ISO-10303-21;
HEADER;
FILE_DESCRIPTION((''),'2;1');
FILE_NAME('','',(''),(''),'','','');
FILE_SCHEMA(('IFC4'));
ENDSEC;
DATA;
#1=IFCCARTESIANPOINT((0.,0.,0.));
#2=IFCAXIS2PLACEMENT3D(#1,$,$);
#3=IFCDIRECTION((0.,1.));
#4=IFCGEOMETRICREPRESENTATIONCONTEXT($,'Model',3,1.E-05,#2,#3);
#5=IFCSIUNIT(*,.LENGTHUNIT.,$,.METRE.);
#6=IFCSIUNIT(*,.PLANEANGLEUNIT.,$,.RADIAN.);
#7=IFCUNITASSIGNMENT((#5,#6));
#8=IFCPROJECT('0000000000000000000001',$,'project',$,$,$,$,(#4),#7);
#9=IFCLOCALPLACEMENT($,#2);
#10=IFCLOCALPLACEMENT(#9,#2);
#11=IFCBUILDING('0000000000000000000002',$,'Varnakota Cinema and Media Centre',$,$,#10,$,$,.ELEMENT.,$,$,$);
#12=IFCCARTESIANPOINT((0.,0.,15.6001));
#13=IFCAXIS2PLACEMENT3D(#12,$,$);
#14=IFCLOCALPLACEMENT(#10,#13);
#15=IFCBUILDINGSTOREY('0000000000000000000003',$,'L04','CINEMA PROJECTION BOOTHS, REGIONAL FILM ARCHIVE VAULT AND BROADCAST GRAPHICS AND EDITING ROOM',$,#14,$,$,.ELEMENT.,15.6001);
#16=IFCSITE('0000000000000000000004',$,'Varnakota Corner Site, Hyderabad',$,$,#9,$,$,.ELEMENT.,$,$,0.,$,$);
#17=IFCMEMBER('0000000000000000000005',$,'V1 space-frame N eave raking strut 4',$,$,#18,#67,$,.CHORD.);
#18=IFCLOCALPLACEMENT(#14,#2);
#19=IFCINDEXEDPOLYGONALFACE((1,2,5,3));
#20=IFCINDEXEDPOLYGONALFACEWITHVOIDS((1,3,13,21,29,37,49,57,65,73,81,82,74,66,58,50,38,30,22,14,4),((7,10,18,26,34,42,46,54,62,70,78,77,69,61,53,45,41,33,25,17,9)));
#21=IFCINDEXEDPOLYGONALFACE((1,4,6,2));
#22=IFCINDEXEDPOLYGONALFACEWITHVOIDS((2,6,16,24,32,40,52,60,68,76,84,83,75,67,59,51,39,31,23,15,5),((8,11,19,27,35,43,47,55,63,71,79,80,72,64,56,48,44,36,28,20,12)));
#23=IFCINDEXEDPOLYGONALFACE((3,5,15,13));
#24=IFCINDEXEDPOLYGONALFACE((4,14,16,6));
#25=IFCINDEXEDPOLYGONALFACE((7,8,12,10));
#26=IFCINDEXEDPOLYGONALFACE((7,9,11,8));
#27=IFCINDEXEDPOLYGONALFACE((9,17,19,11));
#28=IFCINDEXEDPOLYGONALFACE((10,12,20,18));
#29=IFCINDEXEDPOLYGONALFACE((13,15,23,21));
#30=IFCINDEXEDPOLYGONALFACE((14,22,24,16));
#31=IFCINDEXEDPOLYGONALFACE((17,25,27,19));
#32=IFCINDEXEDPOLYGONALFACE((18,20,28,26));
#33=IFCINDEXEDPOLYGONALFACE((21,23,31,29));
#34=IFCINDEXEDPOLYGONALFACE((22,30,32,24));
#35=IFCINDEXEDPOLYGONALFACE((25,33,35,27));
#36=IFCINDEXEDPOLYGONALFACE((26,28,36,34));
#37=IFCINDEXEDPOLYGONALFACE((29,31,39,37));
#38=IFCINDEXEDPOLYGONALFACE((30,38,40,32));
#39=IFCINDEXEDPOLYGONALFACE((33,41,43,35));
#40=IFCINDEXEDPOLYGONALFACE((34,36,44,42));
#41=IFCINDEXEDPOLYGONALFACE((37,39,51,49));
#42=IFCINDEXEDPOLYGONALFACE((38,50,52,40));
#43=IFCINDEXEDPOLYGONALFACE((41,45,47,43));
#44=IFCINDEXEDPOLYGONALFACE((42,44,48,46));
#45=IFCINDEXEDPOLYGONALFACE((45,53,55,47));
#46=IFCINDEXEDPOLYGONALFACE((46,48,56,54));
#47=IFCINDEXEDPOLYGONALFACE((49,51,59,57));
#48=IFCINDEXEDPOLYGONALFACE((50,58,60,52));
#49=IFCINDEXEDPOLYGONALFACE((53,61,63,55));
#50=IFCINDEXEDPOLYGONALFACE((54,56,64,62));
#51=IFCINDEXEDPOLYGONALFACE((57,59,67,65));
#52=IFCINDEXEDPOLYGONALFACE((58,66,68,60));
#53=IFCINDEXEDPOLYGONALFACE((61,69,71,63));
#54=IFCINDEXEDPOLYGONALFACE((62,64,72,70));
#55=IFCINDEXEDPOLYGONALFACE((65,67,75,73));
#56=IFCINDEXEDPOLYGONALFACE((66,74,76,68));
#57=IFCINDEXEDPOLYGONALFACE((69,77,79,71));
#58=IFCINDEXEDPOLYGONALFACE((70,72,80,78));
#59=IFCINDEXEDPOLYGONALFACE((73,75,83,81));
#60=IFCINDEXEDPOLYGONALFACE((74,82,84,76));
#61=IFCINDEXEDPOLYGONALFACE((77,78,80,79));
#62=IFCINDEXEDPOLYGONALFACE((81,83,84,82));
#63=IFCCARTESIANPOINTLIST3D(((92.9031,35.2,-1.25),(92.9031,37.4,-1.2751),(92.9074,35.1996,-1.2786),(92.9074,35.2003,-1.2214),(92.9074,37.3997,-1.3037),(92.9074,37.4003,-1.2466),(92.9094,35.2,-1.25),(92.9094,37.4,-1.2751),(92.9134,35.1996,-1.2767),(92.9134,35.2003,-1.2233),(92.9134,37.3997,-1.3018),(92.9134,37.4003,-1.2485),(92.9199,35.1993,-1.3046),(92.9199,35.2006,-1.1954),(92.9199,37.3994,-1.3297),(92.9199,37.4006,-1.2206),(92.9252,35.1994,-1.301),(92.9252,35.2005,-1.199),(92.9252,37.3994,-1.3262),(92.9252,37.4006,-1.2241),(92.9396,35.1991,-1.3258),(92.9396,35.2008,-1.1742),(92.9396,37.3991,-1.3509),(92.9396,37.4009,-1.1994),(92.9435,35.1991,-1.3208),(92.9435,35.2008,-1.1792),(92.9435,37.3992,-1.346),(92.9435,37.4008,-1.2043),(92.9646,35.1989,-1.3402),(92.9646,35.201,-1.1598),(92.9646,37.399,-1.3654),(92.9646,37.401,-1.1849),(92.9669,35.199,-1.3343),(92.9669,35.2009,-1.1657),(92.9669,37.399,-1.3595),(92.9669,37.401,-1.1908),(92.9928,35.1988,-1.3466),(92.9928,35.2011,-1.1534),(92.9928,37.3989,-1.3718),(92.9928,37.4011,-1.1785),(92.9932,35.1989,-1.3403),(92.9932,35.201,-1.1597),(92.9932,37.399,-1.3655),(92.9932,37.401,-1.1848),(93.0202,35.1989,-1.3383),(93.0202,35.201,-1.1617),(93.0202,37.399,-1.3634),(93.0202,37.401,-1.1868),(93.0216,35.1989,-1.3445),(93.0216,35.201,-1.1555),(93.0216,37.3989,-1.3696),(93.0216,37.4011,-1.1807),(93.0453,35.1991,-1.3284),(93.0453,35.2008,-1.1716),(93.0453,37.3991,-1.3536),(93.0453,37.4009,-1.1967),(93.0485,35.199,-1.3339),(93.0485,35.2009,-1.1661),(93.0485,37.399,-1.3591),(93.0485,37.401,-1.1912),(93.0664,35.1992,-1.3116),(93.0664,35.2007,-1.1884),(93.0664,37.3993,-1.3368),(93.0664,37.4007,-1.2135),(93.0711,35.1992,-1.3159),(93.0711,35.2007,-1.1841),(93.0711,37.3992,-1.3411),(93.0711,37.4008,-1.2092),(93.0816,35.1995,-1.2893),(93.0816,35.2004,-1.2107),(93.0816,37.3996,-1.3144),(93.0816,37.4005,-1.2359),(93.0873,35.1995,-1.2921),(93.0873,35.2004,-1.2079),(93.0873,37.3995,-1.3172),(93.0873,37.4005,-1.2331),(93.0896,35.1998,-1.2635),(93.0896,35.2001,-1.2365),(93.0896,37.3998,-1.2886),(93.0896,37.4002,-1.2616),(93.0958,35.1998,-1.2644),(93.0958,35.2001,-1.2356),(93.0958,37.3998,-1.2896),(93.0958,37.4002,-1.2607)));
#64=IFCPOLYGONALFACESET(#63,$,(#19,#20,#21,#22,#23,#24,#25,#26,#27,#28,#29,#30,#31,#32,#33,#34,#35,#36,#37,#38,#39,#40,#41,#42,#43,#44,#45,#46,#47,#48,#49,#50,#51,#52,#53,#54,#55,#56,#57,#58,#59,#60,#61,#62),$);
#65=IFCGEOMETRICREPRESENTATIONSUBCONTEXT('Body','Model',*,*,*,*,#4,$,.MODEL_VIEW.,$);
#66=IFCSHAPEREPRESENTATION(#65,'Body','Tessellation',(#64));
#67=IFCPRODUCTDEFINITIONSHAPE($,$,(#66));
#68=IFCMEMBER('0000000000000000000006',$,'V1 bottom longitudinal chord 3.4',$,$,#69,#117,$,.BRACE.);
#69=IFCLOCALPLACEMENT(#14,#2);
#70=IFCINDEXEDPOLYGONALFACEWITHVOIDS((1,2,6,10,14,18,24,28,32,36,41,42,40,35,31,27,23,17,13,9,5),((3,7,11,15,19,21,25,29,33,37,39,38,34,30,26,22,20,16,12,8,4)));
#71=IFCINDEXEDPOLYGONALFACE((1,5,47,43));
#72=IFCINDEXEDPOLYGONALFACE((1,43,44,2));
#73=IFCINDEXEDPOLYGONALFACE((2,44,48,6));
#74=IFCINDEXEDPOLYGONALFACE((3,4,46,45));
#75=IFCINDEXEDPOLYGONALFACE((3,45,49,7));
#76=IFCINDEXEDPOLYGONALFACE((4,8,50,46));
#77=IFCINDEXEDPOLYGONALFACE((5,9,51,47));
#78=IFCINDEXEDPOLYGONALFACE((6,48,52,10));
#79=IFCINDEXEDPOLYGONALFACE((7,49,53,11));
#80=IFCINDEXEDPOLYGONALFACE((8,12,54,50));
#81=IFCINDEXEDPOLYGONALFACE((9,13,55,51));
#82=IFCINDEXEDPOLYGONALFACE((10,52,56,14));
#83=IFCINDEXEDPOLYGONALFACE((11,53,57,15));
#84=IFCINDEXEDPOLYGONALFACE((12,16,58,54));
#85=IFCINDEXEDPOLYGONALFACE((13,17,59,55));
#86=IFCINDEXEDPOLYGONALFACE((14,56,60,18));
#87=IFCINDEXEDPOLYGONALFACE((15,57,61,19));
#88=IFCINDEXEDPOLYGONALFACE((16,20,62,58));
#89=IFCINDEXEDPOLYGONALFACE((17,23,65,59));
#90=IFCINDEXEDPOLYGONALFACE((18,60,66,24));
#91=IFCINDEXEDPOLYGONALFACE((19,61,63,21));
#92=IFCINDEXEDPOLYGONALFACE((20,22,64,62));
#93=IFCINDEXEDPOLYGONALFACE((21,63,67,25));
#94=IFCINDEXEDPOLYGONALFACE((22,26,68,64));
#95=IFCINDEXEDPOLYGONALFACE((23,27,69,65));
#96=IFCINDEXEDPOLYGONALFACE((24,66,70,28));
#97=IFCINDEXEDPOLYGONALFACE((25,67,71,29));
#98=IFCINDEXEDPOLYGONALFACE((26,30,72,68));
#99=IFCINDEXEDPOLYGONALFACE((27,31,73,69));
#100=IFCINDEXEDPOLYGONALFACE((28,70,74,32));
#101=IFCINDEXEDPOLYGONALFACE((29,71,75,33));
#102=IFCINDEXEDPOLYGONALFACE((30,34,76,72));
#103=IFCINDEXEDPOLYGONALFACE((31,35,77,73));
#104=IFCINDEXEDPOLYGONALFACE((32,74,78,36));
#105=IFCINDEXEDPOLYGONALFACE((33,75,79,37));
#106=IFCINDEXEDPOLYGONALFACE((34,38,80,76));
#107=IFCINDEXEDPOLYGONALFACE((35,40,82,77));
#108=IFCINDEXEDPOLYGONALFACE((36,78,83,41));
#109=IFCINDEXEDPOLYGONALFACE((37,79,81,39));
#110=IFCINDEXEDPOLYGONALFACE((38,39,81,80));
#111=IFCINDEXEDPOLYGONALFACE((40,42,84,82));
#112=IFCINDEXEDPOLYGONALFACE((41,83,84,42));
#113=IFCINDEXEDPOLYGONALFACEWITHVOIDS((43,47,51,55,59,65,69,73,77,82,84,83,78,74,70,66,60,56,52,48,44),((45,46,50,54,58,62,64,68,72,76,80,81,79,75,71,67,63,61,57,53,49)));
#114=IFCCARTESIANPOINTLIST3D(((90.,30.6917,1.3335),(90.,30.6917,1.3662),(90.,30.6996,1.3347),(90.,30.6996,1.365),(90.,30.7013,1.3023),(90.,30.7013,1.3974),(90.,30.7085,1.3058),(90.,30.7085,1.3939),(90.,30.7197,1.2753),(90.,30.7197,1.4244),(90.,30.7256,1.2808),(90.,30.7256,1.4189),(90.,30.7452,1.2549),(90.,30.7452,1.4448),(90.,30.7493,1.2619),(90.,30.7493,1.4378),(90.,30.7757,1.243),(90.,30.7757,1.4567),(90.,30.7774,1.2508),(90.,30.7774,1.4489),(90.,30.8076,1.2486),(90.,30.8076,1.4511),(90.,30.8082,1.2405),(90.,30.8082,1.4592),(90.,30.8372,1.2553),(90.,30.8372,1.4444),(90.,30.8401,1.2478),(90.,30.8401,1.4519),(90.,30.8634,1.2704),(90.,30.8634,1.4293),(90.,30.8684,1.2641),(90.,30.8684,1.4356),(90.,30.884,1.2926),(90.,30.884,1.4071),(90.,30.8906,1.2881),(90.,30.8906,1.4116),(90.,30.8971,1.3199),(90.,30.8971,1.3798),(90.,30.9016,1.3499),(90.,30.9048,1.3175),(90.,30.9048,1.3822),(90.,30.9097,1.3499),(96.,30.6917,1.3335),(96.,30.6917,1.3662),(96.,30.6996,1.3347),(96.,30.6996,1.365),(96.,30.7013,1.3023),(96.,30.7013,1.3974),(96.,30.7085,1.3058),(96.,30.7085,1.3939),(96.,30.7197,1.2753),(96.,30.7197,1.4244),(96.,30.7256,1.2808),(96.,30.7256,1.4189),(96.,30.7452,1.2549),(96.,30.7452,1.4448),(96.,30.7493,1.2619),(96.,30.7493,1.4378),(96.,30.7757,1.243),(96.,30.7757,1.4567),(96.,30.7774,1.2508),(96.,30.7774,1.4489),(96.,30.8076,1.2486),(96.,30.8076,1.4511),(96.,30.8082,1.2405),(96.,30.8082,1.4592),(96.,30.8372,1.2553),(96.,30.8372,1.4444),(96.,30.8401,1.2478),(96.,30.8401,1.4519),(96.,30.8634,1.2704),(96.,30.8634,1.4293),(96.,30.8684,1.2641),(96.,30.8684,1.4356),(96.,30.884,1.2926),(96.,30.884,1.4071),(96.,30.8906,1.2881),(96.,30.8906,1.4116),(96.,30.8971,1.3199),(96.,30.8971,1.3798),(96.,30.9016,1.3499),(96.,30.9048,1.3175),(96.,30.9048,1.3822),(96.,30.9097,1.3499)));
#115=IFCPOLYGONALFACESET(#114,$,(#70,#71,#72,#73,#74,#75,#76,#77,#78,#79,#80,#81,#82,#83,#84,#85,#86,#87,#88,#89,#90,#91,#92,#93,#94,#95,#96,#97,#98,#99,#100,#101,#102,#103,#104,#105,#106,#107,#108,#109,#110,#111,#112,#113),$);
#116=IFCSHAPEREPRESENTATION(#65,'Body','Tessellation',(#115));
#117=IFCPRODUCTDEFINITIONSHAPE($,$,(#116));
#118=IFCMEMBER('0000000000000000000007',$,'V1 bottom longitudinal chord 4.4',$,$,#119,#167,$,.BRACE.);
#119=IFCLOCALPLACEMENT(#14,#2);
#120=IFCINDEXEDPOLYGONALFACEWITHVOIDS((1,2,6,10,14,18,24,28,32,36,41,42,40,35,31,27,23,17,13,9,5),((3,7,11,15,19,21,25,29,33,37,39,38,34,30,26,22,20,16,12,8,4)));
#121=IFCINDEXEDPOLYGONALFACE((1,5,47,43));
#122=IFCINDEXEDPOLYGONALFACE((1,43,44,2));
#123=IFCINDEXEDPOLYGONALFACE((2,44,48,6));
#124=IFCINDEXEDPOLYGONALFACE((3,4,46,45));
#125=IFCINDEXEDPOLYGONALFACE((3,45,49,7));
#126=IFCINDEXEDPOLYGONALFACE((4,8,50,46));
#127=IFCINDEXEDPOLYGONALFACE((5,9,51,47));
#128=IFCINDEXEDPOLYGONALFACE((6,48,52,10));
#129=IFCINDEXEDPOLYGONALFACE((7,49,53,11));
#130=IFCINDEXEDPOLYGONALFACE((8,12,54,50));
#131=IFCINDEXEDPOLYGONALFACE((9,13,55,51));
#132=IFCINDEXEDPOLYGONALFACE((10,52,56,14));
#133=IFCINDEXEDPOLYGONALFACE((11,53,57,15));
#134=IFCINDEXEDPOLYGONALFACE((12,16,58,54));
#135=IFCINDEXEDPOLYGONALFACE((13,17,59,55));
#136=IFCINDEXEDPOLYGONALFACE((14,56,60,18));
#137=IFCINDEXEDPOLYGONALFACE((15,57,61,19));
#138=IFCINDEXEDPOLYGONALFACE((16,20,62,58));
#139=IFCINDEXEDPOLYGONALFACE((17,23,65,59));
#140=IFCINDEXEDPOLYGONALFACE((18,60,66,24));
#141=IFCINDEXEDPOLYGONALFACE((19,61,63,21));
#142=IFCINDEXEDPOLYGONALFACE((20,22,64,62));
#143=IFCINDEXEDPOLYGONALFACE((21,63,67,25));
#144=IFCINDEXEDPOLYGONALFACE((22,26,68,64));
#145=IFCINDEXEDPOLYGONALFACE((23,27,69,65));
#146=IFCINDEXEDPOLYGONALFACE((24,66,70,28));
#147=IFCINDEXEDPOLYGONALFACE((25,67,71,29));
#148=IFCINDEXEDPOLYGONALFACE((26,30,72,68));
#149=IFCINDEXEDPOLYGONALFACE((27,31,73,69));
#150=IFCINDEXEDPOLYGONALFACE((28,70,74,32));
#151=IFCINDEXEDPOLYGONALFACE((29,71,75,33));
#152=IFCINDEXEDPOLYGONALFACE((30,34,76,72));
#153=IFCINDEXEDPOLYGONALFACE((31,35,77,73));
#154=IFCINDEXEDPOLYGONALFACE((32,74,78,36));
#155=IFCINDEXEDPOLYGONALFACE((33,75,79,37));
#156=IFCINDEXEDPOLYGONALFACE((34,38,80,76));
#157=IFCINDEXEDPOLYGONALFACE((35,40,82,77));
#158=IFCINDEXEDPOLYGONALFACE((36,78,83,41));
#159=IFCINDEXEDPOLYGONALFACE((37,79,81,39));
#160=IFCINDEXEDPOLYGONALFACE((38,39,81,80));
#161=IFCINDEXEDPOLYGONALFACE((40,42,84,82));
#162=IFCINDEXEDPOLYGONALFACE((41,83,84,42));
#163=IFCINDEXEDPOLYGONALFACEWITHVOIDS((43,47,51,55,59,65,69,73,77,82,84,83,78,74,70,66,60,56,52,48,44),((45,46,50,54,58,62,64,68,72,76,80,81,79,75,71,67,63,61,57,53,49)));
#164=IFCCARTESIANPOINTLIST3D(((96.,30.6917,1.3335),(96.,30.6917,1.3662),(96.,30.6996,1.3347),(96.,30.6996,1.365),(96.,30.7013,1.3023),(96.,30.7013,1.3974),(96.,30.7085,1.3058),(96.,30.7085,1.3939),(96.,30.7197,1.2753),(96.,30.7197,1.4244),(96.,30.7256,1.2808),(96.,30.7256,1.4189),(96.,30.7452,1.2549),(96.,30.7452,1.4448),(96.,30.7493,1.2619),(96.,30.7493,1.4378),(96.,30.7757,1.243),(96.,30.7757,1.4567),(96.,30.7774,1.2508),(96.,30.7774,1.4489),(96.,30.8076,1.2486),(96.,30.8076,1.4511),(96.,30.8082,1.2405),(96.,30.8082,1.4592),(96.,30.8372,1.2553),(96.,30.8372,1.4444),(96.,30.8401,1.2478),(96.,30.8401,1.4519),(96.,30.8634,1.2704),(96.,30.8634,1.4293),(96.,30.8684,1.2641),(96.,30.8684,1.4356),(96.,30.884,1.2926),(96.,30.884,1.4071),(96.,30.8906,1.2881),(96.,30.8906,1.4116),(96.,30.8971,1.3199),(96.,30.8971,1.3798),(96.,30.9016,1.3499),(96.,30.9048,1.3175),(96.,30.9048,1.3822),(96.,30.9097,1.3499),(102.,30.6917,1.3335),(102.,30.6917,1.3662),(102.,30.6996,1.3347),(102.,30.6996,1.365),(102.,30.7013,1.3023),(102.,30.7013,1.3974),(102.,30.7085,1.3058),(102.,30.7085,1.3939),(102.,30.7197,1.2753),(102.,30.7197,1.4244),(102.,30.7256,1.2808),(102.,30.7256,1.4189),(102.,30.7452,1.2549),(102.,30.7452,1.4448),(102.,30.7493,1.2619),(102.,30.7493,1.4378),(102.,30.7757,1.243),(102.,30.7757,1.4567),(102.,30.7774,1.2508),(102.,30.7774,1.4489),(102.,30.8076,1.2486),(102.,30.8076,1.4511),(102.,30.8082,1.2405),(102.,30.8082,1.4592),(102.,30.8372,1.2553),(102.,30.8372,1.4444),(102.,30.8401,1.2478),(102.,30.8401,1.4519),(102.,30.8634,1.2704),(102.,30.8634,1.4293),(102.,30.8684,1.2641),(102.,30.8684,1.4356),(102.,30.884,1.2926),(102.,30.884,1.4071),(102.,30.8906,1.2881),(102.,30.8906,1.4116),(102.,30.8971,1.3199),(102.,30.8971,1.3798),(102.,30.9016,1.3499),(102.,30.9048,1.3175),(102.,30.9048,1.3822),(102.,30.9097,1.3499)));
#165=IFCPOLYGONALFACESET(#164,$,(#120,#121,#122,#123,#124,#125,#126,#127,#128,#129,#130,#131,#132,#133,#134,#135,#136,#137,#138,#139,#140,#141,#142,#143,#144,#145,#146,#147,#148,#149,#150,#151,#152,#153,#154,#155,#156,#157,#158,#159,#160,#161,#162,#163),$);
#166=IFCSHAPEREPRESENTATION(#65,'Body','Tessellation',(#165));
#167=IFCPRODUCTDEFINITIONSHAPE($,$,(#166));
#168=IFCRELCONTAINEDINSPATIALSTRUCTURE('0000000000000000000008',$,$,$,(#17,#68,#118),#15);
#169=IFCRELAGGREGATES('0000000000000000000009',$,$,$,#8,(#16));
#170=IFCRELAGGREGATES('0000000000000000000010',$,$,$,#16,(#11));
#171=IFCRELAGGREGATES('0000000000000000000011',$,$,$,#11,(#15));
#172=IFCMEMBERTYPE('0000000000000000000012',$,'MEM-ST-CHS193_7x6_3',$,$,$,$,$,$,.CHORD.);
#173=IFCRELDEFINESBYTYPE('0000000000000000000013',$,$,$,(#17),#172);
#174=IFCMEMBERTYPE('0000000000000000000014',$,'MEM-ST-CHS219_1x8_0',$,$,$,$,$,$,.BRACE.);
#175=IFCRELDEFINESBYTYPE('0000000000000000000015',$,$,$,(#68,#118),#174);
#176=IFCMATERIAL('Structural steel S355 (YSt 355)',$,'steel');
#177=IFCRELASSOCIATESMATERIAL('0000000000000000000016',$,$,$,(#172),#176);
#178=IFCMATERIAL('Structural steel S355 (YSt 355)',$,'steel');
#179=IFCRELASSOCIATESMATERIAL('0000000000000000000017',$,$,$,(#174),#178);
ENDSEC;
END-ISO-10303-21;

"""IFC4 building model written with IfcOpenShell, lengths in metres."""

from ifc_helpers import new_model, si_unit, direction, frame, origin, origin_2d, place, context, subcontext, project, spatial, hollow_circle, extrude, material, material_profile, profile_set, type_object, element, save


model = new_model("IFC4")

# Units and contexts
model_context = context("Model", 3, precision=1e-05, world=origin(), true_north=direction((0.0, 1.0)))
body_context = subcontext(model_context, "Body", "Model", "MODEL_VIEW")
ifc_project = project(units=[si_unit("LENGTHUNIT", "METRE"), si_unit("PLANEANGLEUNIT", "RADIAN")], contexts=[model_context])

# Site, building, storey
site_placement = place(None, origin())
site = spatial("IfcSite", under=ifc_project, at=site_placement, Name="Varnakota Corner Site, Hyderabad", CompositionType="ELEMENT", RefElevation=0.0)
building_placement = place(site_placement, origin())
building = spatial("IfcBuilding", under=site, at=building_placement, Name="Varnakota Cinema and Media Centre", CompositionType="ELEMENT")
storey_placement = place(building_placement, frame((0.0, 0.0, 15.6001)))
storey = spatial("IfcBuildingStorey", under=building, at=storey_placement, Name="L04", Description="CINEMA PROJECTION BOOTHS, REGIONAL FILM ARCHIVE VAULT AND BROADCAST GRAPHICS AND EDITING ROOM", CompositionType="ELEMENT", Elevation=15.6001)

# Members
ifc_material_1 = material(Name="Structural steel S355 (YSt 355)", Category="steel")
ifc_material_profile_1 = material_profile(ifc_material_1, hollow_circle(Radius=0.0969, WallThickness=0.0063, at=origin_2d()), Name="CHS 193.7x6.3")
ifc_profile_set_1 = profile_set([ifc_material_profile_1], Name="Structural steel S355 (YSt 355)")
member_type_1 = type_object("IfcMemberType", Name="MEM-ST-CHS193_7x6_3", PredefinedType="CHORD", material=ifc_profile_set_1)
for number, where, z_axis, x_axis, name in (
    (1, (93.0, 35.2, -1.25), (0.0, 0.999935, -0.01143), (-1.0, 0.0, 0.0), "V1 space-frame N eave raking strut 4"),
):
    element("IfcMember", number, at=place(storey_placement, frame(where, z_axis=z_axis, x_axis=x_axis)), inside=storey, type_object=member_type_1, Name=name, PredefinedType="CHORD", context=body_context, shape_type="SweptSolid", body=[
        extrude(hollow_circle(Radius=0.0969, WallThickness=0.0063, at=origin_2d()), origin(), (0.0, 0.0, 1.0), 2.2002),
    ])
ifc_material_2 = material(Name="Structural steel S355 (YSt 355)", Category="steel")
ifc_material_profile_2 = material_profile(ifc_material_2, hollow_circle(Radius=0.1096, WallThickness=0.0081, at=origin_2d()), Name="CHS 219.1x8.0")
ifc_profile_set_2 = profile_set([ifc_material_profile_2], Name="Structural steel S355 (YSt 355)")
member_type_2 = type_object("IfcMemberType", Name="MEM-ST-CHS219_1x8_0", PredefinedType="BRACE", material=ifc_profile_set_2)
for number, where, z_axis, x_axis, name in (
    (2, (90.0, 30.8, 1.3499), (1.0, 0.0, 0.0), (0.0, 1.0, 0.0), "V1 bottom longitudinal chord 3.4"),
    (3, (96.0, 30.8, 1.3499), (1.0, 0.0, 0.0), (0.0, 1.0, 0.0), "V1 bottom longitudinal chord 4.4"),
):
    element("IfcMember", number, at=place(storey_placement, frame(where, z_axis=z_axis, x_axis=x_axis)), inside=storey, type_object=member_type_2, Name=name, PredefinedType="BRACE", context=body_context, shape_type="SweptSolid", body=[
        extrude(hollow_circle(Radius=0.1096, WallThickness=0.0081, at=origin_2d()), origin(), (0.0, 0.0, 1.0), 6.0),
    ])

save(model, "model.ifc")
